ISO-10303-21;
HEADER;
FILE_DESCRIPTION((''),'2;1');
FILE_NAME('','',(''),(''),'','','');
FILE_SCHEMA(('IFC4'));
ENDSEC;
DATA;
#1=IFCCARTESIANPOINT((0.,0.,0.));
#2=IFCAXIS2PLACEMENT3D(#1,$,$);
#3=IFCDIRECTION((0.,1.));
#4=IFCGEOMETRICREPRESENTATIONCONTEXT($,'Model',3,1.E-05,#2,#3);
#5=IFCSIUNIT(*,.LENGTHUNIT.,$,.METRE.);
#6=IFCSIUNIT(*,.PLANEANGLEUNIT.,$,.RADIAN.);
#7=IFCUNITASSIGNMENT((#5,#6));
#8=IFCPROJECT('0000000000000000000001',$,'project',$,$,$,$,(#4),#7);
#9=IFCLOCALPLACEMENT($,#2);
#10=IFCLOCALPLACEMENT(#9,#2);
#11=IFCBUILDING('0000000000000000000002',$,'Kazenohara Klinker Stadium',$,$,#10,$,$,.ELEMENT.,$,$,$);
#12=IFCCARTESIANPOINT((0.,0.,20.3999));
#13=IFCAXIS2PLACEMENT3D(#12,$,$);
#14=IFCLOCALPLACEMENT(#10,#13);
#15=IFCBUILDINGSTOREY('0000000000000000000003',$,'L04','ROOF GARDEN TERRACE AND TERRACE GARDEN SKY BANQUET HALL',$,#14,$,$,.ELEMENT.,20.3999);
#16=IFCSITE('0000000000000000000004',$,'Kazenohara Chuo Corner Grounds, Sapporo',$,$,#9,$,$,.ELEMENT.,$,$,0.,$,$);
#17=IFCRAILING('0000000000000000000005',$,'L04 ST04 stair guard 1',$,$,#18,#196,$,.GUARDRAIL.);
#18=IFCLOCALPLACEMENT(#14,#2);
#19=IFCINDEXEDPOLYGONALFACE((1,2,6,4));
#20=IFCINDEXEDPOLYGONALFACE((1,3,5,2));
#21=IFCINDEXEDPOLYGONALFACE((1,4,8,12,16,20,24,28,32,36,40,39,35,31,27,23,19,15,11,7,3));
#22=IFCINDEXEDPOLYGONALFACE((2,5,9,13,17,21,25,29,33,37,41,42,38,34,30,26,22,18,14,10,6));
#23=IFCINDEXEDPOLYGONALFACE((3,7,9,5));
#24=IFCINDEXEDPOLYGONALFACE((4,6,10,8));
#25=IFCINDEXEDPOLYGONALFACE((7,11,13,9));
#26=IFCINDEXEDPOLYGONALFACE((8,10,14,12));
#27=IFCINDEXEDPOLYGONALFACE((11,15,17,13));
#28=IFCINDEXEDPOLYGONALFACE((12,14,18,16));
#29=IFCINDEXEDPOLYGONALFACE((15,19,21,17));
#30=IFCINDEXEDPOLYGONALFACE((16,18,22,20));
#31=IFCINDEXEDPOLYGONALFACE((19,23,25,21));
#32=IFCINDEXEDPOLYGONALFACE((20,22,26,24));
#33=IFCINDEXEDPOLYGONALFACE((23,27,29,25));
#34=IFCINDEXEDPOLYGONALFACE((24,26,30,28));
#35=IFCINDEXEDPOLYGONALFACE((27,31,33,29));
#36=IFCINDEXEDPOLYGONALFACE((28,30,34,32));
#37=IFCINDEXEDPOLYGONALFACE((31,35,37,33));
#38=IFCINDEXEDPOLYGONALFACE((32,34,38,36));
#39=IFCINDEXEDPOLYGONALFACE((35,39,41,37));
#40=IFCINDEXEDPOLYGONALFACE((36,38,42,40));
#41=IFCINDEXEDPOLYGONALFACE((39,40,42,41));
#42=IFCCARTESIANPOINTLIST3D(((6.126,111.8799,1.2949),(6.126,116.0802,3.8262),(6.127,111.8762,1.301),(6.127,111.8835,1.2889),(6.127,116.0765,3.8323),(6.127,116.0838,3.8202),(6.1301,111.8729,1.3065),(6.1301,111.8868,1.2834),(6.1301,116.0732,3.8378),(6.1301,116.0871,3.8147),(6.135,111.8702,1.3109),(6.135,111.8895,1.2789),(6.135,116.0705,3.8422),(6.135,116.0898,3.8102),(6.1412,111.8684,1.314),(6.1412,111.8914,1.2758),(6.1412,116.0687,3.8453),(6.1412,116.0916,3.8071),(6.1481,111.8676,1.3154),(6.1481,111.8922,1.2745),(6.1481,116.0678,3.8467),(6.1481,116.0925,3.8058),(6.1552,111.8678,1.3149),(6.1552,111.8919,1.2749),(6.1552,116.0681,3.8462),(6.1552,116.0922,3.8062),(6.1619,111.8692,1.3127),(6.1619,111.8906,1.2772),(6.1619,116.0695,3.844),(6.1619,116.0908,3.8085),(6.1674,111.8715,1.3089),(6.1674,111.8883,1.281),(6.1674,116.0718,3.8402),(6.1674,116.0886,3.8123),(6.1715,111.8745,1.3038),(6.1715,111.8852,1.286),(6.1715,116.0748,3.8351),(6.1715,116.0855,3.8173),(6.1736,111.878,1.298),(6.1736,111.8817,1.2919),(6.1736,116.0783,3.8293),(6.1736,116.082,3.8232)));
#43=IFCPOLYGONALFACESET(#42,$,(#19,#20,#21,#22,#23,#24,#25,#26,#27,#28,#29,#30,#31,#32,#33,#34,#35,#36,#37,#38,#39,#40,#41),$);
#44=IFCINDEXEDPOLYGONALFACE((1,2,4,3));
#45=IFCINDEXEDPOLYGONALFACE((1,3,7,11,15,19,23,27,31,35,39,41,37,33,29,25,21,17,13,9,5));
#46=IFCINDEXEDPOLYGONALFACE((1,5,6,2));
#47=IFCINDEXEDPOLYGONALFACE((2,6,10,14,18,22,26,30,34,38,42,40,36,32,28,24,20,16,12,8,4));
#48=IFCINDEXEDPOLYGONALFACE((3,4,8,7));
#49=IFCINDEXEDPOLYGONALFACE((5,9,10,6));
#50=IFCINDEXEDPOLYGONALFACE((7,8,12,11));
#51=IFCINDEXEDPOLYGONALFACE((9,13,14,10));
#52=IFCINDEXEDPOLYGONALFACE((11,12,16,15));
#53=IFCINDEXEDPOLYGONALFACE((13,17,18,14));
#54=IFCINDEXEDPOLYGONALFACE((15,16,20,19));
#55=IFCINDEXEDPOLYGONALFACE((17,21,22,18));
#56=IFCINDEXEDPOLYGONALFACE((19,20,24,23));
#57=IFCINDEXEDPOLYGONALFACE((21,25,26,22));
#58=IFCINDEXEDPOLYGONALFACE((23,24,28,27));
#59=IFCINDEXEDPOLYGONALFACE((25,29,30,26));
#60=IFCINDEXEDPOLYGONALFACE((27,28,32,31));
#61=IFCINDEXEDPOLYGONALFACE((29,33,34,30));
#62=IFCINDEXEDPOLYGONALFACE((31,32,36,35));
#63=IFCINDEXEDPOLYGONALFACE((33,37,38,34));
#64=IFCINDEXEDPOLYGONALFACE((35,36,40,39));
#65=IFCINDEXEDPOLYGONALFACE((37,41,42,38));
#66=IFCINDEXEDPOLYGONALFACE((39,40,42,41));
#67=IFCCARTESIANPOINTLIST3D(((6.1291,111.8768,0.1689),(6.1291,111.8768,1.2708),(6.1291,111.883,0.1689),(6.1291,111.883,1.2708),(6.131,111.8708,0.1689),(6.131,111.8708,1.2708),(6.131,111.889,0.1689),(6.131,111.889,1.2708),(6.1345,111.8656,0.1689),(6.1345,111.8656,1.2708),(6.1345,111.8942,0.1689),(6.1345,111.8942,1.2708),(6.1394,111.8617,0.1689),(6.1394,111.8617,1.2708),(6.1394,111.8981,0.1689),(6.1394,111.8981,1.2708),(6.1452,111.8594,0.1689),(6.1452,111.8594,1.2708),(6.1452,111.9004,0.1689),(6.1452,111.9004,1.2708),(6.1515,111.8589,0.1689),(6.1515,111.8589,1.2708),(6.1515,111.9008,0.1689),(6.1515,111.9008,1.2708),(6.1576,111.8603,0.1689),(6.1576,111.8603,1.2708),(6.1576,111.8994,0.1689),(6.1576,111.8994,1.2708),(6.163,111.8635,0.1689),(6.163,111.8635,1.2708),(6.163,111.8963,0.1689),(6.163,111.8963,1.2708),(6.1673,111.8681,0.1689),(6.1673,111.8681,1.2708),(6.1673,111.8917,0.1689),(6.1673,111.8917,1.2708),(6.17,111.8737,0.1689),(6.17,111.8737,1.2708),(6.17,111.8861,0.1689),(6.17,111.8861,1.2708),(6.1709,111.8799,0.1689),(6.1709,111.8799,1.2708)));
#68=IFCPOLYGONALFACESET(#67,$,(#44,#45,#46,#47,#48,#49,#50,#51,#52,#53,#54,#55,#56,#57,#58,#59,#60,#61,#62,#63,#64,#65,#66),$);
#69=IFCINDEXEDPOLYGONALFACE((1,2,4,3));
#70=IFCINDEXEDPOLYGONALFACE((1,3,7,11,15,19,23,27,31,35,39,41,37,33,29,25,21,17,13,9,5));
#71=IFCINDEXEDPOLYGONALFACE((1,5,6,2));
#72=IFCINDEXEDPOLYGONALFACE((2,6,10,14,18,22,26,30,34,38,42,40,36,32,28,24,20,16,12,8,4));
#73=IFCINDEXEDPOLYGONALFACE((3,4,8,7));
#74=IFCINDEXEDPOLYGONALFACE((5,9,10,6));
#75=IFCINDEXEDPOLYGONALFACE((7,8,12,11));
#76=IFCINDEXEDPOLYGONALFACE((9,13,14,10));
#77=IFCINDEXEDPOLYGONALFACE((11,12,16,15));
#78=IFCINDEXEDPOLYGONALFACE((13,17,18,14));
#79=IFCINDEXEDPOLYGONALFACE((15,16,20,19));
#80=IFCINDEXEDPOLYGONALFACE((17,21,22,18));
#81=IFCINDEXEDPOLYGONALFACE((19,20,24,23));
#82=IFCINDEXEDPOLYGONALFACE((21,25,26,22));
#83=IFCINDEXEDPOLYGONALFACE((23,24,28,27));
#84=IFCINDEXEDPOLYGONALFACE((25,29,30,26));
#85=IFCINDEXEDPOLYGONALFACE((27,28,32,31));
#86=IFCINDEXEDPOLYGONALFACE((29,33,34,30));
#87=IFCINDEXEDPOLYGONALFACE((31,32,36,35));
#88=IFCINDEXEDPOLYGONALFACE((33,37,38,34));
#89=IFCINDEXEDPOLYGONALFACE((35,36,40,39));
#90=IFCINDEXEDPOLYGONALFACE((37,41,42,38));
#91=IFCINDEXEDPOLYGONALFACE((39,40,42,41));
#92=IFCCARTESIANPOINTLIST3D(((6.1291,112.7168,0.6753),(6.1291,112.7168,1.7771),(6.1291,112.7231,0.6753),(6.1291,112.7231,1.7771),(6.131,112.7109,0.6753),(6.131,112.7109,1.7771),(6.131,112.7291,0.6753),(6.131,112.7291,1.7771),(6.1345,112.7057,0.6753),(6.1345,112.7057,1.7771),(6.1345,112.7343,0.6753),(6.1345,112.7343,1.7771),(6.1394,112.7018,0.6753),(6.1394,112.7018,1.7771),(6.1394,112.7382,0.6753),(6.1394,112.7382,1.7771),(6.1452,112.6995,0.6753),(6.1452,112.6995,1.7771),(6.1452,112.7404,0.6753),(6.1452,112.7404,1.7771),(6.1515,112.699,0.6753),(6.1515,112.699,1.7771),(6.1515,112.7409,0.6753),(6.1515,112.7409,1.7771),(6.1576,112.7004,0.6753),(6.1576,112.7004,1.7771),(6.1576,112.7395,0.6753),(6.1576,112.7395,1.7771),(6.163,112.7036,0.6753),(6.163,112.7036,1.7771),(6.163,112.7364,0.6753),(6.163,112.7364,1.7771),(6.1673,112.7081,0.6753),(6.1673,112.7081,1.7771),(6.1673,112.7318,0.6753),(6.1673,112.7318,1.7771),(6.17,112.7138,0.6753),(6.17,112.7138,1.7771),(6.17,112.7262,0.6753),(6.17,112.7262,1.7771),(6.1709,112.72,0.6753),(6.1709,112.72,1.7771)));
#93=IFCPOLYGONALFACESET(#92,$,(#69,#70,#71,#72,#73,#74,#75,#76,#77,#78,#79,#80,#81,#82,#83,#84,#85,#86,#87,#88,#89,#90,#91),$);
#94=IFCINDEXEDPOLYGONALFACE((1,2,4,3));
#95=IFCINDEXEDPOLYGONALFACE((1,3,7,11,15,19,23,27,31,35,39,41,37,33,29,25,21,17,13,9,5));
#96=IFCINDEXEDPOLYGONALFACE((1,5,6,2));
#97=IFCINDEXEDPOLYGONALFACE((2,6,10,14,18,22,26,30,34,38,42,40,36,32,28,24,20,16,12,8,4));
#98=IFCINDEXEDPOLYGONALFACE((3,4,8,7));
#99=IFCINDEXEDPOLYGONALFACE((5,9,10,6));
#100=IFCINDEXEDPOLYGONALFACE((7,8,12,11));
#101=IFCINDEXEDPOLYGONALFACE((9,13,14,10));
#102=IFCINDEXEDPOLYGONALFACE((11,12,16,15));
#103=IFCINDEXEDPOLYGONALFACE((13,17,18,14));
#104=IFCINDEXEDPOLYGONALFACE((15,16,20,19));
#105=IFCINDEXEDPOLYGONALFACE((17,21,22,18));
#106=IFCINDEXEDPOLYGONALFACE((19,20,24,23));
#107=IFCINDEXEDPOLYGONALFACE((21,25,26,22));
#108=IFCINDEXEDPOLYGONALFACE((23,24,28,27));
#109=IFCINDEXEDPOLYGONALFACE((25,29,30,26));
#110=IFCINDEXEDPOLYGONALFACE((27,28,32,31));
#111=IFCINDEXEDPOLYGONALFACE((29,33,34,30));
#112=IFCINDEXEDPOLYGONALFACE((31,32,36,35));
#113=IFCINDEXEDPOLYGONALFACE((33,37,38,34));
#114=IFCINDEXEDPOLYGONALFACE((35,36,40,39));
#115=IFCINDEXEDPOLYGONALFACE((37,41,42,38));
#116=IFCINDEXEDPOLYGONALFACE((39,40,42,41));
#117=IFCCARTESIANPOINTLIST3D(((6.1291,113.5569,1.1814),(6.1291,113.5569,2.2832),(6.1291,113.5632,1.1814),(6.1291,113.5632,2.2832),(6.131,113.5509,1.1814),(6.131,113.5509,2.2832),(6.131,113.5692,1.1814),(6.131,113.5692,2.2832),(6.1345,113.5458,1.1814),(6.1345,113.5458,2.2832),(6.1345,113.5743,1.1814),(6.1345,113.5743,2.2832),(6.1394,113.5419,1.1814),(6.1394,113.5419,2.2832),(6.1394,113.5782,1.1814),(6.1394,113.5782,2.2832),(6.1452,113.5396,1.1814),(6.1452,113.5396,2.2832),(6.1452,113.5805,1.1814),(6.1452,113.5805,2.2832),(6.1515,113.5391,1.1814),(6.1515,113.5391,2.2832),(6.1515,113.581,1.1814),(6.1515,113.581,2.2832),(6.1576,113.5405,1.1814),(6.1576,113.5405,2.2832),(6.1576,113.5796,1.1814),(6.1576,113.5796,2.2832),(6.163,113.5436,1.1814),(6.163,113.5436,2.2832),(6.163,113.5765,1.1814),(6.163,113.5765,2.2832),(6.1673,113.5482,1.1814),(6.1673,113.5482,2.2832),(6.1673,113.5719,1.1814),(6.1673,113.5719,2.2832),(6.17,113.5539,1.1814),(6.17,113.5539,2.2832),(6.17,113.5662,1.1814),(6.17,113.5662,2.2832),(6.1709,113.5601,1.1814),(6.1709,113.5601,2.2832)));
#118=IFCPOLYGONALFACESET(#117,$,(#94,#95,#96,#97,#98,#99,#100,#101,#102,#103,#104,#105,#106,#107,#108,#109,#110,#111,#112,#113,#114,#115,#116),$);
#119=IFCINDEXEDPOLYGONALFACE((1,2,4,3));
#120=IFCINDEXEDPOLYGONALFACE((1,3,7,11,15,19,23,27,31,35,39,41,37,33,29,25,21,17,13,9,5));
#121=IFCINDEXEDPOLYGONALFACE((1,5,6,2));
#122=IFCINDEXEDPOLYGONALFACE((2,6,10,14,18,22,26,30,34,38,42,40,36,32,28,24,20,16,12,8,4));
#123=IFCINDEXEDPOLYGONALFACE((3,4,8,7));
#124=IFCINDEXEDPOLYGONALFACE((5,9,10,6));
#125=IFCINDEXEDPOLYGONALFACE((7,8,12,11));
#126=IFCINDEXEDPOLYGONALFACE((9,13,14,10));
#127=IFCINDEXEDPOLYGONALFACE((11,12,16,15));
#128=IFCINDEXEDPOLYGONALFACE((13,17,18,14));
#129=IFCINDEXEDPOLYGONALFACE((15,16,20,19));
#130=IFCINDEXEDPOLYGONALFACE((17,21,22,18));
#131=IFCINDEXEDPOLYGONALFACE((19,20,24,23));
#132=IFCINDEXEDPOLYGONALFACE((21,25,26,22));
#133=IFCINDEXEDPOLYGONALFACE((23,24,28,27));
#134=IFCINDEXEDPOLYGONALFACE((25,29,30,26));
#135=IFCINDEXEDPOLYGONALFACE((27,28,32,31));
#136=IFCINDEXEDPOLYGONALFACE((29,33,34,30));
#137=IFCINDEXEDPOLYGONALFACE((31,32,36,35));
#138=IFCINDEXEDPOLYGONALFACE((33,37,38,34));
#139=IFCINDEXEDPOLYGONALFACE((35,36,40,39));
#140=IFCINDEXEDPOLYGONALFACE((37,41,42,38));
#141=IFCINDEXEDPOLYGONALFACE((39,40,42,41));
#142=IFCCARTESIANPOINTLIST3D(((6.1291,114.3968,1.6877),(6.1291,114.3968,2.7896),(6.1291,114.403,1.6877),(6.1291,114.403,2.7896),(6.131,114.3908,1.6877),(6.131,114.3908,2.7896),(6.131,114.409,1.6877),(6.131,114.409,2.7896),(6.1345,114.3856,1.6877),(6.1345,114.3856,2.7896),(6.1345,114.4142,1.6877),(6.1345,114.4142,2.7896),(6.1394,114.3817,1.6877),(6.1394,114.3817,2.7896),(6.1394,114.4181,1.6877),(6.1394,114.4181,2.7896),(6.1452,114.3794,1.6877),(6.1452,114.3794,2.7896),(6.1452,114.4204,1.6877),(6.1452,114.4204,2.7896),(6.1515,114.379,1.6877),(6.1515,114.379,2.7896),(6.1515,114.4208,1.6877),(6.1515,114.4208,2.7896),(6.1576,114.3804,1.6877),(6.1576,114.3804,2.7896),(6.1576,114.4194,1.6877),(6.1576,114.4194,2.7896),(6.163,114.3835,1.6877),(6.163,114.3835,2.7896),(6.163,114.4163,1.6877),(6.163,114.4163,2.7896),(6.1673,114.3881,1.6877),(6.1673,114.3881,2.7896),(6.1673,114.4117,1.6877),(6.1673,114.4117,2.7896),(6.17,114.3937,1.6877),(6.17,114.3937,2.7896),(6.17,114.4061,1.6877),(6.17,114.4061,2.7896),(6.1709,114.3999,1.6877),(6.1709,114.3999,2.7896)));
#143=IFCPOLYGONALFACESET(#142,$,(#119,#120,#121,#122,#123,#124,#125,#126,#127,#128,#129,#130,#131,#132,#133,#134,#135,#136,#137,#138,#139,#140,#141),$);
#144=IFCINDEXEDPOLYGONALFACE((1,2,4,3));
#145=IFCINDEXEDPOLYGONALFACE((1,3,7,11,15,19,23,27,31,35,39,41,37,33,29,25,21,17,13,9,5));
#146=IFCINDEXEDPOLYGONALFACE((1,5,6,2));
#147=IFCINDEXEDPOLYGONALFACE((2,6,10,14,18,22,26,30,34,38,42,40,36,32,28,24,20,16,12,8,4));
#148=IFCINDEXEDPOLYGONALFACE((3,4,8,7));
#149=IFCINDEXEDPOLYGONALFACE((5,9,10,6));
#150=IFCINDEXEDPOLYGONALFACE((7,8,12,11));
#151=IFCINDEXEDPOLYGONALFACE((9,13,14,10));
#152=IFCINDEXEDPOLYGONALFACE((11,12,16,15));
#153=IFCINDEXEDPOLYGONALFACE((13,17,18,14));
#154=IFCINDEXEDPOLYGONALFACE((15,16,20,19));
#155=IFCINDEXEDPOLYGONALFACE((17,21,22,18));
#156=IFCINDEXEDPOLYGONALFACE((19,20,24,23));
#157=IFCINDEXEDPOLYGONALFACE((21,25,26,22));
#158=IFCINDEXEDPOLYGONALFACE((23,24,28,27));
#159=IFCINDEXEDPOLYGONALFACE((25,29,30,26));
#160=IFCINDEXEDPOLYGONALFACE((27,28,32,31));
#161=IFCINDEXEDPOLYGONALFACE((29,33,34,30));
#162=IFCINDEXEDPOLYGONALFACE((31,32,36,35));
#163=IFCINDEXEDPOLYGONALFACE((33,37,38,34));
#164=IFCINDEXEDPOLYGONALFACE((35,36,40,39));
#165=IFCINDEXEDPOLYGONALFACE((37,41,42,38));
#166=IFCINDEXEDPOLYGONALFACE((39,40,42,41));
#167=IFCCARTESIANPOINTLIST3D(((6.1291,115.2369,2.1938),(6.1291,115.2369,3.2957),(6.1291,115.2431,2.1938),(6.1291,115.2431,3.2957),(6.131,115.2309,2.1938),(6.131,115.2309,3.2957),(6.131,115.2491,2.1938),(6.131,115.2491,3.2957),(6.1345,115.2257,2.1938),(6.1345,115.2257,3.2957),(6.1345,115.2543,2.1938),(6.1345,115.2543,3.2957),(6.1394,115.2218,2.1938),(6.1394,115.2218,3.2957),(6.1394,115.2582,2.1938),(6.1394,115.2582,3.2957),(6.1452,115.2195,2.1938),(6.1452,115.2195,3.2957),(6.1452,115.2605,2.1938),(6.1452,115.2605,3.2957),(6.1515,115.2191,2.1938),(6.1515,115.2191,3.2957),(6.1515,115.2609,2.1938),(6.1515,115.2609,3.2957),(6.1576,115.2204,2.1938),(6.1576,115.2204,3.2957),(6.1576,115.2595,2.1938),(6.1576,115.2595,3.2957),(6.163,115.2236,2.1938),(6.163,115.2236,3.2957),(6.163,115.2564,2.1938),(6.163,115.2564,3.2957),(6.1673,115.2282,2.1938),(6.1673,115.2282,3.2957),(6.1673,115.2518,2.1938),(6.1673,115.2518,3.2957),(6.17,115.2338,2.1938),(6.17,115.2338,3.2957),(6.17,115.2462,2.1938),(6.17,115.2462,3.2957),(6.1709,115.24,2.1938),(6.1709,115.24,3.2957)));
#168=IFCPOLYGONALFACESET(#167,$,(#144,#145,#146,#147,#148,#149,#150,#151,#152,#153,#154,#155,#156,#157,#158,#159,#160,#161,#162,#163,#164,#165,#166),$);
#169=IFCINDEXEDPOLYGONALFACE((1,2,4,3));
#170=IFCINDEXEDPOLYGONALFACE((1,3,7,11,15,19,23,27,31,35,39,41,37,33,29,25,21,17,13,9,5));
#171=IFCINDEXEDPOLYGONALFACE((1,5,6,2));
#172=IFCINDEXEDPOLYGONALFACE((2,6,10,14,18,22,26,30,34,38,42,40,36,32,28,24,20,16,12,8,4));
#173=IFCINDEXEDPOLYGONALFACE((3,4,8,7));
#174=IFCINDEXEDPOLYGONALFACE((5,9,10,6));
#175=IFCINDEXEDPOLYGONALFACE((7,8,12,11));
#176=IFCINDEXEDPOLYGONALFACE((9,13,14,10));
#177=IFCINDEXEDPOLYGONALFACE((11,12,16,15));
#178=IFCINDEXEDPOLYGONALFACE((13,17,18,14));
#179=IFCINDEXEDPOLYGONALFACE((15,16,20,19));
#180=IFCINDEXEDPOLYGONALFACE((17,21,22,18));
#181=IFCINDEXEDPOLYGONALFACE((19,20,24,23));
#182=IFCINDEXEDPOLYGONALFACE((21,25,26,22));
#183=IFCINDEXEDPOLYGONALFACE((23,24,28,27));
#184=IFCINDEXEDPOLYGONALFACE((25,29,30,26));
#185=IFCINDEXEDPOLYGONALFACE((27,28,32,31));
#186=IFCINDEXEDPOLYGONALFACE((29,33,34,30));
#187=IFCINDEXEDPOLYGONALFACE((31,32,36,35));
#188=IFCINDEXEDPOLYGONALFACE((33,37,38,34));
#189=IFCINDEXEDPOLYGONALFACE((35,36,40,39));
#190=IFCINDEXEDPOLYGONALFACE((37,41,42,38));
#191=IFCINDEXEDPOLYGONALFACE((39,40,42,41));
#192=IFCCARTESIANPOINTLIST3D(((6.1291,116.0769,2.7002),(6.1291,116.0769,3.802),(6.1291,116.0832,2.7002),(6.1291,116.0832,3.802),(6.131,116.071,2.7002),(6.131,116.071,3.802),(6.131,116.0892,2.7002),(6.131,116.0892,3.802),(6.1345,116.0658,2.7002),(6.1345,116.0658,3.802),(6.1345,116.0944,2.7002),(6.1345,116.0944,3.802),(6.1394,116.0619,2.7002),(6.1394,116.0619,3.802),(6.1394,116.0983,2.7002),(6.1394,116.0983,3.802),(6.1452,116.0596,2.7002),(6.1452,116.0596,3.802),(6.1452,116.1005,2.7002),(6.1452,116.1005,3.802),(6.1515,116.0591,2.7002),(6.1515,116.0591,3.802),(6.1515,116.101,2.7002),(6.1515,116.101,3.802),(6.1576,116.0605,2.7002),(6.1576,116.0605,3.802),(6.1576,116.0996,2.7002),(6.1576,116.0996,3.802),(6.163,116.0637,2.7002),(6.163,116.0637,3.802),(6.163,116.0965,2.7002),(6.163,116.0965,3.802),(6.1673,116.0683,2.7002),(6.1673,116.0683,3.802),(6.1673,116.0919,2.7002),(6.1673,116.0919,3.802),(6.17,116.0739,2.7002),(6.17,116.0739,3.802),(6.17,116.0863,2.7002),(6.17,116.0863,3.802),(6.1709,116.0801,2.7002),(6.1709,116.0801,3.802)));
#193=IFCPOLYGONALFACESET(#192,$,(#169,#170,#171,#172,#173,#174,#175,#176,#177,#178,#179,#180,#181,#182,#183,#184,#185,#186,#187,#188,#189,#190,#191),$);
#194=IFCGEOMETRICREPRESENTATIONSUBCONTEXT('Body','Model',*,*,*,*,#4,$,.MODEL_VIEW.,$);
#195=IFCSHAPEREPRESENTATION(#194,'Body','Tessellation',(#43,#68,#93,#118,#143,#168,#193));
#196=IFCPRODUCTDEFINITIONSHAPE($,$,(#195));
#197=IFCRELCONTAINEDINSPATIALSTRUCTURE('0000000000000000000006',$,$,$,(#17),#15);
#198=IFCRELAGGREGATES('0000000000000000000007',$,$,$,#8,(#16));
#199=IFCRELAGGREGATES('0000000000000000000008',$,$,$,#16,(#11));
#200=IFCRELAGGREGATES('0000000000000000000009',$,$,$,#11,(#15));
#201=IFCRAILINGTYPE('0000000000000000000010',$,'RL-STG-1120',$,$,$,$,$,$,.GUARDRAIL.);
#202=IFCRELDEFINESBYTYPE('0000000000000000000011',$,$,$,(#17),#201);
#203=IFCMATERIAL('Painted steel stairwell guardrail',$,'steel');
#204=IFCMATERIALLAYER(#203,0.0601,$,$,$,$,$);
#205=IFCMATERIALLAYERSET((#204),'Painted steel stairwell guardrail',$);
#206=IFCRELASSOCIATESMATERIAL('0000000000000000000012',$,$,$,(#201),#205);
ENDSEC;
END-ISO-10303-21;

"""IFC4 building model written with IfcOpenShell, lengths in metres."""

from ifc_helpers import new_model, si_unit, direction, frame, origin, origin_2d, place, context, subcontext, project, spatial, circle, extrude, material, layer, layer_set, type_object, element, save


model = new_model("IFC4")

# Units and contexts
model_context = context("Model", 3, precision=1e-05, world=origin(), true_north=direction((0.0, 1.0)))
body_context = subcontext(model_context, "Body", "Model", "MODEL_VIEW")
ifc_project = project(units=[si_unit("LENGTHUNIT", "METRE"), si_unit("PLANEANGLEUNIT", "RADIAN")], contexts=[model_context])

# Site, building, storey
site_placement = place(None, origin())
site = spatial("IfcSite", under=ifc_project, at=site_placement, Name="Kazenohara Chuo Corner Grounds, Sapporo", CompositionType="ELEMENT", RefElevation=0.0)
building_placement = place(site_placement, origin())
building = spatial("IfcBuilding", under=site, at=building_placement, Name="Kazenohara Klinker Stadium", CompositionType="ELEMENT")
storey_placement = place(building_placement, frame((0.0, 0.0, 20.3999)))
storey = spatial("IfcBuildingStorey", under=building, at=storey_placement, Name="L04", Description="ROOF GARDEN TERRACE AND TERRACE GARDEN SKY BANQUET HALL", CompositionType="ELEMENT", Elevation=20.3999)

# Railing
ifc_material_1 = material(Name="Painted steel stairwell guardrail", Category="steel")
ifc_layer_1 = layer(ifc_material_1, 0.0601)
ifc_layer_set_1 = layer_set([ifc_layer_1], Name="Painted steel stairwell guardrail")
railing_type_1 = type_object("IfcRailingType", Name="RL-STG-1120", PredefinedType="GUARDRAIL", material=ifc_layer_set_1)
railing_1_placement = place(storey_placement, frame((6.1499, 111.8799, 0.1689)))
element("IfcRailing", 1, at=railing_1_placement, inside=storey, type_object=railing_type_1, Name="L04 ST04 stair guard 1", PredefinedType="GUARDRAIL", context=body_context, shape_type="SweptSolid", body=[
    extrude(circle(Radius=0.0239, at=origin_2d()), frame((0.0, 0.0, 1.126), z_axis=(0.0, 0.85649, 0.516164), x_axis=(-1.0, 0.0, 0.0)), (0.0, 0.0, 1.0), 4.9041),
    extrude(circle(Radius=0.021, at=origin_2d()), origin(), (0.0, 0.0, 1.0), 1.1018),
    extrude(circle(Radius=0.021, at=origin_2d()), frame((0.0, 0.8401, 0.5063)), (0.0, 0.0, 1.0), 1.1018),
    extrude(circle(Radius=0.021, at=origin_2d()), frame((0.0, 1.6802, 1.0125)), (0.0, 0.0, 1.0), 1.1018),
    extrude(circle(Radius=0.021, at=origin_2d()), frame((0.0, 2.52, 1.5188)), (0.0, 0.0, 1.0), 1.1018),
    extrude(circle(Radius=0.021, at=origin_2d()), frame((0.0, 3.3601, 2.0249)), (0.0, 0.0, 1.0), 1.1018),
    extrude(circle(Radius=0.021, at=origin_2d()), frame((0.0, 4.2002, 2.5312)), (0.0, 0.0, 1.0), 1.1018),
])

save(model, "model.ifc")
